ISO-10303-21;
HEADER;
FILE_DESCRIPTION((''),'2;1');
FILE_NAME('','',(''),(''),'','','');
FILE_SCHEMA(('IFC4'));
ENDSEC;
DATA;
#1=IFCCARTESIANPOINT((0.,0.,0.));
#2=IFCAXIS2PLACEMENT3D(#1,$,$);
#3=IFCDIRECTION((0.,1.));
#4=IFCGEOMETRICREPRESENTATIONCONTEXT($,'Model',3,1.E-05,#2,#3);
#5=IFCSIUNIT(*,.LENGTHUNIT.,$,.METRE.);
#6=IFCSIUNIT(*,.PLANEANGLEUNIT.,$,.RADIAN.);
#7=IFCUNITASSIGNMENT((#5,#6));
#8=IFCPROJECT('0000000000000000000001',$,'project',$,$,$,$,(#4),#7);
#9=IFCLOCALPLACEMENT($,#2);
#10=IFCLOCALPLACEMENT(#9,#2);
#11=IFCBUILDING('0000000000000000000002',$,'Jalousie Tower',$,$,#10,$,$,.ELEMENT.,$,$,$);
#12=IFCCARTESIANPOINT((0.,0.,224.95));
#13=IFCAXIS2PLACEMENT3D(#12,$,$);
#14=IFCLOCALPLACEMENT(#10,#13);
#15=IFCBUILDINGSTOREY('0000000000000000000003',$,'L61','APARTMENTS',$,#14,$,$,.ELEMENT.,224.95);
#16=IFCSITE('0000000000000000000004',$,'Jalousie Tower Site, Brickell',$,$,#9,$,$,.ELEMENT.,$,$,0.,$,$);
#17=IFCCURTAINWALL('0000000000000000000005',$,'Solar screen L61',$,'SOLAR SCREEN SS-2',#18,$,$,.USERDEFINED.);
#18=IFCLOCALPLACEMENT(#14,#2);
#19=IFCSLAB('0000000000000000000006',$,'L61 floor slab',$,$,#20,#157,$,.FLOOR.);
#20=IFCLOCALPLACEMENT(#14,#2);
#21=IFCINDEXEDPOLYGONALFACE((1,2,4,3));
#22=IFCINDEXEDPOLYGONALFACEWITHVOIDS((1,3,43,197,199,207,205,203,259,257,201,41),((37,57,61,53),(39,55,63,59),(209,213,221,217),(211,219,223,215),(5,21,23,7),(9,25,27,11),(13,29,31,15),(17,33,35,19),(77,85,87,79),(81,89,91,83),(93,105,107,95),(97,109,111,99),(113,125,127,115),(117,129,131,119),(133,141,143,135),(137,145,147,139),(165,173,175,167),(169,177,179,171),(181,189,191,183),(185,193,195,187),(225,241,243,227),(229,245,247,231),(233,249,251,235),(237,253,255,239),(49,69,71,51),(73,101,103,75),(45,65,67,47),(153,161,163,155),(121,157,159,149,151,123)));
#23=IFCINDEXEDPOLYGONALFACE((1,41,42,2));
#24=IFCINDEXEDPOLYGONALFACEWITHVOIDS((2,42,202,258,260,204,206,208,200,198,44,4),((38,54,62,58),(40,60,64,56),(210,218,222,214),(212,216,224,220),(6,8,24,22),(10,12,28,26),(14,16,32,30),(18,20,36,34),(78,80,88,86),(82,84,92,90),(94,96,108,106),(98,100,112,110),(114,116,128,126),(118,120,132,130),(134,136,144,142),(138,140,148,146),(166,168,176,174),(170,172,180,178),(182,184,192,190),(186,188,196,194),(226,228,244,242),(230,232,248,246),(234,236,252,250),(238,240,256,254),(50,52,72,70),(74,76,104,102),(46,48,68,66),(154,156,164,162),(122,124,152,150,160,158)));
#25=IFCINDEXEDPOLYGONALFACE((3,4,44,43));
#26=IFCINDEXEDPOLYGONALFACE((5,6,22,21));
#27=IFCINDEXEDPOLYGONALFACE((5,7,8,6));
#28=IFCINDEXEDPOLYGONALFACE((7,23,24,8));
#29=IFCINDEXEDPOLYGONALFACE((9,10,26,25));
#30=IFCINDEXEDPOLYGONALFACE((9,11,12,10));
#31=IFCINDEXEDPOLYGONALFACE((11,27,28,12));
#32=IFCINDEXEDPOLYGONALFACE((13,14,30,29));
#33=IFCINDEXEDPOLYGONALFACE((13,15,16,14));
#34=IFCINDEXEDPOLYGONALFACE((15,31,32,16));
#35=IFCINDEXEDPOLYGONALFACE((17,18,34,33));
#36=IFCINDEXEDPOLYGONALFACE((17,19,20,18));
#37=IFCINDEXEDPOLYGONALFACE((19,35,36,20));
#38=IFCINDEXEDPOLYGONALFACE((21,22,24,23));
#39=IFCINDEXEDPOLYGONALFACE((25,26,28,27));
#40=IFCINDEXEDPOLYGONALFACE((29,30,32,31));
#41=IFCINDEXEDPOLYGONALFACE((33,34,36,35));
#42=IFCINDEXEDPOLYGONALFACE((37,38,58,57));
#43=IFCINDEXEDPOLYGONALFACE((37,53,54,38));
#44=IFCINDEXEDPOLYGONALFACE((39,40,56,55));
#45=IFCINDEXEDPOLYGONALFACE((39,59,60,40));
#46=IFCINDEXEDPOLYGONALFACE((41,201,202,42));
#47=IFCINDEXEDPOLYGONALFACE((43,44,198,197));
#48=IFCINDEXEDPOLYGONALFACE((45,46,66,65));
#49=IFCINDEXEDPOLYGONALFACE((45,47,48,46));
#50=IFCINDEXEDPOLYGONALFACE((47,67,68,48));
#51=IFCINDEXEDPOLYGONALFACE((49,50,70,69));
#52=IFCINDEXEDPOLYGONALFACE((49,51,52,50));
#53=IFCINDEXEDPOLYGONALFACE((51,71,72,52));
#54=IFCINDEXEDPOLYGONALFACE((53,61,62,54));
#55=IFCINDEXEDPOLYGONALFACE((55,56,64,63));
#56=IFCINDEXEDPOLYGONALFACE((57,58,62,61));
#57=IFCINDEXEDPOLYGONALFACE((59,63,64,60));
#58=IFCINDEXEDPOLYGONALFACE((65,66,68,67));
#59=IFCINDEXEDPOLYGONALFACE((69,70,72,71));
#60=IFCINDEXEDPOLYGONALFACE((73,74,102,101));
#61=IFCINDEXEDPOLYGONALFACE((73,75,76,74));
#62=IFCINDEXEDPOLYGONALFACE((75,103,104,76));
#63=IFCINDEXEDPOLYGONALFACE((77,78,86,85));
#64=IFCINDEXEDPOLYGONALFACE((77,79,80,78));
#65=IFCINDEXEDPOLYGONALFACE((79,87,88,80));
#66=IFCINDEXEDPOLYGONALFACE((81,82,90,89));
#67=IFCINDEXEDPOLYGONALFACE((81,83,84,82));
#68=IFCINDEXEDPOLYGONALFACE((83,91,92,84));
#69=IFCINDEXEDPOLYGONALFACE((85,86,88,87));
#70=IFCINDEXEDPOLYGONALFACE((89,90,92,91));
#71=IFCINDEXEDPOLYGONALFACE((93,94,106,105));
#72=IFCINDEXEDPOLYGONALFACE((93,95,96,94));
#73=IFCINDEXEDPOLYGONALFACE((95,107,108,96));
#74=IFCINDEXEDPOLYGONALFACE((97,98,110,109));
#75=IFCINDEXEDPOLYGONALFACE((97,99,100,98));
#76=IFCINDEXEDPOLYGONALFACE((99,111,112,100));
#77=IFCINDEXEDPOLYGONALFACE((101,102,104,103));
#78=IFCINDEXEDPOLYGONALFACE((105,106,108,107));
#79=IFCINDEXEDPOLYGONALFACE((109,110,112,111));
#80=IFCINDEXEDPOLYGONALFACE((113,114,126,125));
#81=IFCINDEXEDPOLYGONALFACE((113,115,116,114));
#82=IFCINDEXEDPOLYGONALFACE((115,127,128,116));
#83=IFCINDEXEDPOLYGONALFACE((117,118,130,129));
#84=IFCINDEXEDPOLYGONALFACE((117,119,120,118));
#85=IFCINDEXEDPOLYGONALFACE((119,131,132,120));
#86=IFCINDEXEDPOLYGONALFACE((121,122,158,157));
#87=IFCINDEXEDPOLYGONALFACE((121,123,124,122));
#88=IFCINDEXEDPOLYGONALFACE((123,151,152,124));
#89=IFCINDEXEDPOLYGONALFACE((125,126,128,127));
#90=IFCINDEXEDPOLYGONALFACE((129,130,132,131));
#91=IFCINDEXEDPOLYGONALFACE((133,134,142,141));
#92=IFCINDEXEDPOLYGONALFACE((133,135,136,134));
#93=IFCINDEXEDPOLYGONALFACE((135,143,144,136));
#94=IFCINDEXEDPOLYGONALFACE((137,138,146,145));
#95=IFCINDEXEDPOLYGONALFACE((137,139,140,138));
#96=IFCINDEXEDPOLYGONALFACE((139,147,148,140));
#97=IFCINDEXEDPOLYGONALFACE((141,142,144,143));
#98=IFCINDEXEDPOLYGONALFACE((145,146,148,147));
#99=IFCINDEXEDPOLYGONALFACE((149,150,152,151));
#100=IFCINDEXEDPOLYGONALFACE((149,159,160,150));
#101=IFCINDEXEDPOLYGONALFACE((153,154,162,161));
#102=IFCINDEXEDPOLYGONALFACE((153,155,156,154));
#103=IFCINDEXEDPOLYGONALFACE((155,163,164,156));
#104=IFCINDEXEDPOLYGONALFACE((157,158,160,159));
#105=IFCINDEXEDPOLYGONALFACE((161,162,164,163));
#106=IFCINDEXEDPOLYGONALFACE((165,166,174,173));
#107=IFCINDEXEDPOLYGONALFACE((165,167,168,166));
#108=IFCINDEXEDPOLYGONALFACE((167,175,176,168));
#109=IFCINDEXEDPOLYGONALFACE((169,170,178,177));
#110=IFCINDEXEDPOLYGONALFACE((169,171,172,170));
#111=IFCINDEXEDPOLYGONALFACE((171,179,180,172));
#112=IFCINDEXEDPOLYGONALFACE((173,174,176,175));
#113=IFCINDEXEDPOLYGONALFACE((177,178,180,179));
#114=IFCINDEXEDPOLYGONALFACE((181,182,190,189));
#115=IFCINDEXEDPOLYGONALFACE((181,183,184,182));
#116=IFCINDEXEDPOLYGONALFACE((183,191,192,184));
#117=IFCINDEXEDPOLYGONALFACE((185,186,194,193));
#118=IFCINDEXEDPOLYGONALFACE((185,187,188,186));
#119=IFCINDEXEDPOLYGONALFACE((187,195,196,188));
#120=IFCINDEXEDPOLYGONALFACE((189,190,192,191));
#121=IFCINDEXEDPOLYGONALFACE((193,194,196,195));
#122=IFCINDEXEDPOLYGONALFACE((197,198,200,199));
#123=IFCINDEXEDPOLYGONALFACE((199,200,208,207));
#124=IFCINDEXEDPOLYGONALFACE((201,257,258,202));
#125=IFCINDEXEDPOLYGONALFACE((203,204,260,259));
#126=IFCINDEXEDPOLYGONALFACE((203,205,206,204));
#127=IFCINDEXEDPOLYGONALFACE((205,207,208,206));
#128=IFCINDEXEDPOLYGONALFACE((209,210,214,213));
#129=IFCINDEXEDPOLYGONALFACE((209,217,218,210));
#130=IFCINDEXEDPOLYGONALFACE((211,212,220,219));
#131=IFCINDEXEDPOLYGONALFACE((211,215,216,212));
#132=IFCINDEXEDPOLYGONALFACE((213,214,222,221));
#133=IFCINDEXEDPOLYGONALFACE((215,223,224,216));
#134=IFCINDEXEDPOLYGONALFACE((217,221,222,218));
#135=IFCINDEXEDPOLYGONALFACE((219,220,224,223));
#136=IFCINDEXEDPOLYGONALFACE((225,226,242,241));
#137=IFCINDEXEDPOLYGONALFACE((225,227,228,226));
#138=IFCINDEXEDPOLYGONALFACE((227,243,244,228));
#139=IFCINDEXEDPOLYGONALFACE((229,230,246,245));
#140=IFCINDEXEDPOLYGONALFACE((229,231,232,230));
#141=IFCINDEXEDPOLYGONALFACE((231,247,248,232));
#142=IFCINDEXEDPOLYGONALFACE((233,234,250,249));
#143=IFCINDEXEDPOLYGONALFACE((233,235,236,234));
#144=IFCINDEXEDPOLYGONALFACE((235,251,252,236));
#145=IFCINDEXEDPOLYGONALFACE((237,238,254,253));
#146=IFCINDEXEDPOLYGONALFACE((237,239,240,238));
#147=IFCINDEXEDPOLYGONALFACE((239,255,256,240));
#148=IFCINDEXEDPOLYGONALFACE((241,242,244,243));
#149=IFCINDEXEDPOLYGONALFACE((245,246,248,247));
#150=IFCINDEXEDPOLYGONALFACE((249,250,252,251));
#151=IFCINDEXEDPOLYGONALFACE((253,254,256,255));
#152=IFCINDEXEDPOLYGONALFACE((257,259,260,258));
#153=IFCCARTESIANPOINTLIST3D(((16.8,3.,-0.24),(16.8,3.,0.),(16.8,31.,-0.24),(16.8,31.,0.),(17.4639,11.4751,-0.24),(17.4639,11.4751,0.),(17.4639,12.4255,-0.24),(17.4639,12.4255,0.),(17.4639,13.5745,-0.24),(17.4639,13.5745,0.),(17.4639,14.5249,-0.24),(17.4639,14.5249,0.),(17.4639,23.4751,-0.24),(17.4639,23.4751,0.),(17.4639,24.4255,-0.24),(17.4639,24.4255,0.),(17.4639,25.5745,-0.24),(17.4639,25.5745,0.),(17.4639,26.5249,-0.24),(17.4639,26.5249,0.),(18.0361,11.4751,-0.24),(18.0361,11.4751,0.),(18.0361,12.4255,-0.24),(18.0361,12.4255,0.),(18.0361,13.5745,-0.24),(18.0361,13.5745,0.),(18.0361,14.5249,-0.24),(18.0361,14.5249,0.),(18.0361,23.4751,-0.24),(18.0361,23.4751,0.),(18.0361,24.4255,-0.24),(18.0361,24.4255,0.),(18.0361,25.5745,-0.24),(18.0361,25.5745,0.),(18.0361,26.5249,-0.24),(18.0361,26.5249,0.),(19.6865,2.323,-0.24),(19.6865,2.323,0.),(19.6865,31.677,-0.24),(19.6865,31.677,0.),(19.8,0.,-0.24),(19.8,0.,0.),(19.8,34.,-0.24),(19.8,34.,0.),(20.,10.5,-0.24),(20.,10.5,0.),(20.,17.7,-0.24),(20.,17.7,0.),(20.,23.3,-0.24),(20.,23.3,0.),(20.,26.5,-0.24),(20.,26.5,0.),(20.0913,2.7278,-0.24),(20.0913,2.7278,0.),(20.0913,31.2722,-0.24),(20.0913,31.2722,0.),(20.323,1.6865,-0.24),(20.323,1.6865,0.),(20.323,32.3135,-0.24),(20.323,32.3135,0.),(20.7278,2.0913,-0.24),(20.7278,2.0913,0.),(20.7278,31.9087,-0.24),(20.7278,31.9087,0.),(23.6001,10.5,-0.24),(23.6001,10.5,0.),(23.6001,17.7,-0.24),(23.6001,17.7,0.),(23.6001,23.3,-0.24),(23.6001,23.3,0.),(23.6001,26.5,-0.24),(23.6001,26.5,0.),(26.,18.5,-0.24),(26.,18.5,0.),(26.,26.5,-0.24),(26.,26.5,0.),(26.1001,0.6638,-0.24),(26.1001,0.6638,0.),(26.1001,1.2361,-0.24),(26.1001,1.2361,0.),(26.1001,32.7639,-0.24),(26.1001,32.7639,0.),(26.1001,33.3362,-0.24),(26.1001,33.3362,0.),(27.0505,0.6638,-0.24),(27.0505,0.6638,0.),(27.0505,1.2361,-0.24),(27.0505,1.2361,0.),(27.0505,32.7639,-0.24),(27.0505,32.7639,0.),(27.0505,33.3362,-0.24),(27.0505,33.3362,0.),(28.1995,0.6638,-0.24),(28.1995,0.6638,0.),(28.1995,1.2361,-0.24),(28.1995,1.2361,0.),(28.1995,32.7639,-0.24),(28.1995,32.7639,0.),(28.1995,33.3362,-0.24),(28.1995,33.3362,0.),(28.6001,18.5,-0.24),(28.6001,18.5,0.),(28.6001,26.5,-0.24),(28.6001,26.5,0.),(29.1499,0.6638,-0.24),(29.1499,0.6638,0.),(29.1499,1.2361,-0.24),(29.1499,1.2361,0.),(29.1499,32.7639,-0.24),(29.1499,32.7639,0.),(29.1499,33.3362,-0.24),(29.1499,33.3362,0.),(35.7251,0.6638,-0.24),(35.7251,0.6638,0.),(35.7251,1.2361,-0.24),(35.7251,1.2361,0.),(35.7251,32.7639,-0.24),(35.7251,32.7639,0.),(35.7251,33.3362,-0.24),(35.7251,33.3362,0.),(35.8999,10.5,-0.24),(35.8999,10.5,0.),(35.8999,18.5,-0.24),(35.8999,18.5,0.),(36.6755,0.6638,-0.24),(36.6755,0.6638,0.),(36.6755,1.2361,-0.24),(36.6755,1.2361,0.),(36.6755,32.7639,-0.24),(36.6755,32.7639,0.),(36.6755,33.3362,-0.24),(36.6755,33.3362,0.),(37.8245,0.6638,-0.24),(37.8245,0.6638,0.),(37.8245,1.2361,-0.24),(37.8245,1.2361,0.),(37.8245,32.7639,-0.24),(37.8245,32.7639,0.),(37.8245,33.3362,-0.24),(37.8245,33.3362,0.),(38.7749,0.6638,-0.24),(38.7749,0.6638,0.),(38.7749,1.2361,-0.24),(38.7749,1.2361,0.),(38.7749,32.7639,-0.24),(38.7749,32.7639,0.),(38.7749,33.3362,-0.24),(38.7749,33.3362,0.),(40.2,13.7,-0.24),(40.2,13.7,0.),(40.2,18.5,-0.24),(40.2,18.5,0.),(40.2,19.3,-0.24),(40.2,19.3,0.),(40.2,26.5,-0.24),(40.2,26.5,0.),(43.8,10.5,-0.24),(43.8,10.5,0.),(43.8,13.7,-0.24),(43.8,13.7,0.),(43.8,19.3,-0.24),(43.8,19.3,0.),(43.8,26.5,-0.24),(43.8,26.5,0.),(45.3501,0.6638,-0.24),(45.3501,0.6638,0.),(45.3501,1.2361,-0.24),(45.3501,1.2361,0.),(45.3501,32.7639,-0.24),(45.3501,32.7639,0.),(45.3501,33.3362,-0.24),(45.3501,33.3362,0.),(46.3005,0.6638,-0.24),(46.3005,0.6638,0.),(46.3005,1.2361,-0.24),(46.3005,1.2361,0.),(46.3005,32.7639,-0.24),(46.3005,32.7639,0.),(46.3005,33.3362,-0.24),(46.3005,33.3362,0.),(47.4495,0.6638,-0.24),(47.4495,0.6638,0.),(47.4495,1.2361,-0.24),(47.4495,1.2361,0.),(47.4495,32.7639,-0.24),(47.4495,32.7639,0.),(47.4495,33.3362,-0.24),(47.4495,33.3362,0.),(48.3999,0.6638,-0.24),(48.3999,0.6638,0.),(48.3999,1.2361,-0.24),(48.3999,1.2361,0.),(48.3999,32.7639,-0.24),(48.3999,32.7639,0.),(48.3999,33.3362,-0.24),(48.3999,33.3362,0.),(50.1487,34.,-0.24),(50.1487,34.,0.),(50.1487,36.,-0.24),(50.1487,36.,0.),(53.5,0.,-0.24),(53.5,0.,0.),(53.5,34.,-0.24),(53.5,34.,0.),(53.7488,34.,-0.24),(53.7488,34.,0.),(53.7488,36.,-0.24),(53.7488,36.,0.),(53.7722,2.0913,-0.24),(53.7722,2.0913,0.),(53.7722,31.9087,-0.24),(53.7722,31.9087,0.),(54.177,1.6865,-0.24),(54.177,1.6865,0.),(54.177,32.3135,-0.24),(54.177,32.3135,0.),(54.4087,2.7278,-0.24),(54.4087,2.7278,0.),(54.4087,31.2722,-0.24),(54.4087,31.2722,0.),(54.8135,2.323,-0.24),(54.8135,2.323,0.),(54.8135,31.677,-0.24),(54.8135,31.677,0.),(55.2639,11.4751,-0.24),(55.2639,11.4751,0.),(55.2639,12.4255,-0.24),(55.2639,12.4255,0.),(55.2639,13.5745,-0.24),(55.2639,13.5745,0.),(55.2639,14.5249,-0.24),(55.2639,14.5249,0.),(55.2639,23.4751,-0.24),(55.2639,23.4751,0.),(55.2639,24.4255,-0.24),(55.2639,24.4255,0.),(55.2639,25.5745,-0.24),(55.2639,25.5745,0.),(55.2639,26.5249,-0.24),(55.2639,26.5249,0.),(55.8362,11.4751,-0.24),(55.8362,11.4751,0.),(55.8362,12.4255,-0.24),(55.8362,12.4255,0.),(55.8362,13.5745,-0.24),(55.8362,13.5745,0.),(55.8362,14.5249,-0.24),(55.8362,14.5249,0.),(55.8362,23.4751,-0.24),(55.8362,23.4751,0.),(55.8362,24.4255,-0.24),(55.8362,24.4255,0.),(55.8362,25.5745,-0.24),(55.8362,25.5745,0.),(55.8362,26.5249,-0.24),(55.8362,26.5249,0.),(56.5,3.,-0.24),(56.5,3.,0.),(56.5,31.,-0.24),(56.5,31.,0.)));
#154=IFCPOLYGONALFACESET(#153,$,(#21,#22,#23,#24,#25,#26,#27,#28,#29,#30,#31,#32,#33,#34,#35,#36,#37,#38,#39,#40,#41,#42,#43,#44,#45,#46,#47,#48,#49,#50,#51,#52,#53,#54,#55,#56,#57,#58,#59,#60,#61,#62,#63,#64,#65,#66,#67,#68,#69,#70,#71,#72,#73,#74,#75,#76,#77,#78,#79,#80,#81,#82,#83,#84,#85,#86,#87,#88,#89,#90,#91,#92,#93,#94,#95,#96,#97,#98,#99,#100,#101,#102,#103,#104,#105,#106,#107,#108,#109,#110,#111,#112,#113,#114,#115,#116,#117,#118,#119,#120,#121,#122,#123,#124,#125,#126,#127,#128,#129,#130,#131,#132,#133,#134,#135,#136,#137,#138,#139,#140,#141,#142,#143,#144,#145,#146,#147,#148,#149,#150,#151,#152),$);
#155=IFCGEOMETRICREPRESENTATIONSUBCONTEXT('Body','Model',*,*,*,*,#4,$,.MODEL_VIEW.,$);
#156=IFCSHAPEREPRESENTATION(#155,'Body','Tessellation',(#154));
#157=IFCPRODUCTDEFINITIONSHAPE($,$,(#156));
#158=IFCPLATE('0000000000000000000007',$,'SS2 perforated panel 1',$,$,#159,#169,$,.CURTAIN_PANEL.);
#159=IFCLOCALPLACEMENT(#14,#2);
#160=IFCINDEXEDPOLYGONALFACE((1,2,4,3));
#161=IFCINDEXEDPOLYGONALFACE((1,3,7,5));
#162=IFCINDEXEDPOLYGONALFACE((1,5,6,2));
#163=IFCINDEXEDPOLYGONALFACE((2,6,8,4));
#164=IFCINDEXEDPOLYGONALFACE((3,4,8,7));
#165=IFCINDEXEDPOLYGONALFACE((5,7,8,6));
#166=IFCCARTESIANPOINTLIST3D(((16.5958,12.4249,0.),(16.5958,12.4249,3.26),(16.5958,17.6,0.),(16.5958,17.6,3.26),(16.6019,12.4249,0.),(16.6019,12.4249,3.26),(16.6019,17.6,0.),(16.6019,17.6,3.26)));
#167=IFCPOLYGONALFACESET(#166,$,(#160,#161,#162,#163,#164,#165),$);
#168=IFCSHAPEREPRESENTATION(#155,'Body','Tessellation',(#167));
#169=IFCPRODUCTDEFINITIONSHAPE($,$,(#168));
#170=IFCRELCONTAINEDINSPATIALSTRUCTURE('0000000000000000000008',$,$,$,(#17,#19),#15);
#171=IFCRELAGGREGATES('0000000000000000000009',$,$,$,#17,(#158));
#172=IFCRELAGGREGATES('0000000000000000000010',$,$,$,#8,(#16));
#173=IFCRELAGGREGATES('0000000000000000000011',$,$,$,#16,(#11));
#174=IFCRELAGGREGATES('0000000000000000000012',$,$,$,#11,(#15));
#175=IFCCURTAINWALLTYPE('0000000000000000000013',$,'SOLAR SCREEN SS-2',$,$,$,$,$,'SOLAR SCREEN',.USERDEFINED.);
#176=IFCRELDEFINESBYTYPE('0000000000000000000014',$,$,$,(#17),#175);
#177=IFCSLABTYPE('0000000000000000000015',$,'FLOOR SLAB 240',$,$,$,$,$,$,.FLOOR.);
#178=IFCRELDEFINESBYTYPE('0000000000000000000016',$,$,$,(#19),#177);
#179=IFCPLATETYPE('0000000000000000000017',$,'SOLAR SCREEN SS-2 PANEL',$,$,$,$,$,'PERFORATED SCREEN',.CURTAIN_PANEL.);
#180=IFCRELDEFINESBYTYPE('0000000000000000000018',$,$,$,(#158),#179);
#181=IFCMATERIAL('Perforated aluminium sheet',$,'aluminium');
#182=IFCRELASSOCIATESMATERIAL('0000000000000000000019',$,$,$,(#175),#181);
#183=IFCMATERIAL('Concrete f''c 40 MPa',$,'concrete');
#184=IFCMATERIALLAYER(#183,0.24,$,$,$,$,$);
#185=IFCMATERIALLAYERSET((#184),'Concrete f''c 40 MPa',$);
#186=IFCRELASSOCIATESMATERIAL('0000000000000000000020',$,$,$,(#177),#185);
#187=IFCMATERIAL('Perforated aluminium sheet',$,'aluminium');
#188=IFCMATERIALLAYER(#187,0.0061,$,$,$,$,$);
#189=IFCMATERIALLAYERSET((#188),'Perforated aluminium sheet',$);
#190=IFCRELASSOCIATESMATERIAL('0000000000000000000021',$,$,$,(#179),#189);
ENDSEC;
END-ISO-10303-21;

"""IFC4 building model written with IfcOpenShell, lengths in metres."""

from ifc_helpers import new_model, si_unit, direction, frame, origin, origin_2d, place, context, subcontext, project, spatial, polyline, rectangle, outline, extrude, material, layer, layer_set, type_object, element, aggregate, save


model = new_model("IFC4")

# Units and contexts
model_context = context("Model", 3, precision=1e-05, world=origin(), true_north=direction((0.0, 1.0)))
body_context = subcontext(model_context, "Body", "Model", "MODEL_VIEW")
ifc_project = project(units=[si_unit("LENGTHUNIT", "METRE"), si_unit("PLANEANGLEUNIT", "RADIAN")], contexts=[model_context])

# Site, building, storey
site_placement = place(None, origin())
site = spatial("IfcSite", under=ifc_project, at=site_placement, Name="Jalousie Tower Site, Brickell", CompositionType="ELEMENT", RefElevation=0.0)
building_placement = place(site_placement, origin())
building = spatial("IfcBuilding", under=site, at=building_placement, Name="Jalousie Tower", CompositionType="ELEMENT")
storey_placement = place(building_placement, frame((0.0, 0.0, 224.95)))
storey = spatial("IfcBuildingStorey", under=building, at=storey_placement, Name="L61", Description="APARTMENTS", CompositionType="ELEMENT", Elevation=224.95)

# Curtain wall
ifc_material_1 = material(Name="Perforated aluminium sheet", Category="aluminium")
curtain_wall_type_1 = type_object("IfcCurtainWallType", Name="SOLAR SCREEN SS-2", ElementType="SOLAR SCREEN", PredefinedType="USERDEFINED", material=ifc_material_1)
curtain_wall_1_placement = place(storey_placement, origin())
curtain_wall_1 = element("IfcCurtainWall", 1, at=curtain_wall_1_placement, inside=storey, type_object=curtain_wall_type_1, Name="Solar screen L61", ObjectType="SOLAR SCREEN SS-2", PredefinedType="USERDEFINED")

# Slab
ifc_material_2 = material(Name="Concrete f'c 40 MPa", Category="concrete")
ifc_layer_1 = layer(ifc_material_2, 0.24)
ifc_layer_set_1 = layer_set([ifc_layer_1], Name="Concrete f'c 40 MPa")
slab_type_1 = type_object("IfcSlabType", Name="FLOOR SLAB 240", PredefinedType="FLOOR", material=ifc_layer_set_1)
slab_1_placement = place(storey_placement, frame((0.0, 0.0, -0.24)))
element("IfcSlab", 2, at=slab_1_placement, inside=storey, type_object=slab_type_1, Name="L61 floor slab", PredefinedType="FLOOR", context=body_context, shape_type="SweptSolid", body=[
    extrude(outline(polyline([(16.8, 3.0), (16.8, 31.0), (19.8, 34.0), (50.1487, 34.0), (50.1487, 36.0), (53.7488, 36.0), (53.7488, 34.0), (53.5, 34.0), (56.5, 31.0), (56.5, 3.0), (53.5, 0.0), (19.8, 0.0), (16.8, 3.0)]), holes=[polyline([(55.8362, 26.5249), (55.2639, 26.5249), (55.2639, 25.5745), (55.8362, 25.5745), (55.8362, 26.5249)]), polyline([(55.8362, 23.4751), (55.8362, 24.4255), (55.2639, 24.4255), (55.2639, 23.4751), (55.8362, 23.4751)]), polyline([(55.8362, 13.5745), (55.8362, 14.5249), (55.2639, 14.5249), (55.2639, 13.5745), (55.8362, 13.5745)]), polyline([(55.8362, 11.4751), (55.8362, 12.4255), (55.2639, 12.4255), (55.2639, 11.4751), (55.8362, 11.4751)]), polyline([(54.177, 1.6865), (54.8135, 2.323), (54.4087, 2.7278), (53.7722, 2.0913), (54.177, 1.6865)]), polyline([(53.7722, 31.9087), (54.4087, 31.2722), (54.8135, 31.677), (54.177, 32.3135), (53.7722, 31.9087)]), polyline([(47.4495, 33.3362), (47.4495, 32.7639), (48.3999, 32.7639), (48.3999, 33.3362), (47.4495, 33.3362)]), polyline([(47.4495, 1.2361), (47.4495, 0.6638), (48.3999, 0.6638), (48.3999, 1.2361), (47.4495, 1.2361)]), polyline([(46.3005, 33.3362), (45.3501, 33.3362), (45.3501, 32.7639), (46.3005, 32.7639), (46.3005, 33.3362)]), polyline([(46.3005, 0.6638), (46.3005, 1.2361), (45.3501, 1.2361), (45.3501, 0.6638), (46.3005, 0.6638)]), polyline([(43.8, 19.3), (43.8, 26.5), (40.2, 26.5), (40.2, 19.3), (43.8, 19.3)]), polyline([(43.8, 10.5), (43.8, 13.7), (40.2, 13.7), (40.2, 18.5), (35.8999, 18.5), (35.8999, 10.5), (43.8, 10.5)]), polyline([(37.8245, 32.7639), (38.7749, 32.7639), (38.7749, 33.3362), (37.8245, 33.3362), (37.8245, 32.7639)]), polyline([(37.8245, 0.6638), (38.7749, 0.6638), (38.7749, 1.2361), (37.8245, 1.2361), (37.8245, 0.6638)]), polyline([(36.6755, 1.2361), (35.7251, 1.2361), (35.7251, 0.6638), (36.6755, 0.6638), (36.6755, 1.2361)]), polyline([(36.6755, 33.3362), (35.7251, 33.3362), (35.7251, 32.7639), (36.6755, 32.7639), (36.6755, 33.3362)]), polyline([(29.1499, 33.3362), (28.1995, 33.3362), (28.1995, 32.7639), (29.1499, 32.7639), (29.1499, 33.3362)]), polyline([(28.1995, 0.6638), (29.1499, 0.6638), (29.1499, 1.2361), (28.1995, 1.2361), (28.1995, 0.6638)]), polyline([(28.6001, 18.5), (28.6001, 26.5), (26.0, 26.5), (26.0, 18.5), (28.6001, 18.5)]), polyline([(26.1001, 32.7639), (27.0505, 32.7639), (27.0505, 33.3362), (26.1001, 33.3362), (26.1001, 32.7639)]), polyline([(26.1001, 0.6638), (27.0505, 0.6638), (27.0505, 1.2361), (26.1001, 1.2361), (26.1001, 0.6638)]), polyline([(23.6001, 23.3), (23.6001, 26.5), (20.0, 26.5), (20.0, 23.3), (23.6001, 23.3)]), polyline([(23.6001, 10.5), (23.6001, 17.7), (20.0, 17.7), (20.0, 10.5), (23.6001, 10.5)]), polyline([(19.6865, 31.677), (20.0913, 31.2722), (20.7278, 31.9087), (20.323, 32.3135), (19.6865, 31.677)]), polyline([(19.6865, 2.323), (20.323, 1.6865), (20.7278, 2.0913), (20.0913, 2.7278), (19.6865, 2.323)]), polyline([(17.4639, 24.4255), (17.4639, 23.4751), (18.0361, 23.4751), (18.0361, 24.4255), (17.4639, 24.4255)]), polyline([(18.0361, 25.5745), (18.0361, 26.5249), (17.4639, 26.5249), (17.4639, 25.5745), (18.0361, 25.5745)]), polyline([(18.0361, 14.5249), (17.4639, 14.5249), (17.4639, 13.5745), (18.0361, 13.5745), (18.0361, 14.5249)]), polyline([(18.0361, 11.4751), (18.0361, 12.4255), (17.4639, 12.4255), (17.4639, 11.4751), (18.0361, 11.4751)])]), origin(), (0.0, 0.0, 1.0), 0.24),
])

# Plate
ifc_material_3 = material(Name="Perforated aluminium sheet", Category="aluminium")
ifc_layer_2 = layer(ifc_material_3, 0.0061)
ifc_layer_set_2 = layer_set([ifc_layer_2], Name="Perforated aluminium sheet")
plate_type = type_object("IfcPlateType", Name="SOLAR SCREEN SS-2 PANEL", ElementType="PERFORATED SCREEN", PredefinedType="CURTAIN_PANEL", material=ifc_layer_set_2)
plate_1_placement = place(storey_placement, frame((16.5989, 15.0125, 0.0), z_axis=(0.0, 0.0, 1.0), x_axis=(0.0, -1.0, 0.0)))
plate_1 = element("IfcPlate", 3, at=plate_1_placement, type_object=plate_type, Name="SS2 perforated panel 1", PredefinedType="CURTAIN_PANEL", context=body_context, shape_type="SweptSolid", body=[
    extrude(rectangle(XDim=5.175, YDim=0.0061, at=origin_2d()), origin(), (0.0, 0.0, 1.0), 3.26),
])
aggregate(curtain_wall_1, [plate_1])

save(model, "model.ifc")
